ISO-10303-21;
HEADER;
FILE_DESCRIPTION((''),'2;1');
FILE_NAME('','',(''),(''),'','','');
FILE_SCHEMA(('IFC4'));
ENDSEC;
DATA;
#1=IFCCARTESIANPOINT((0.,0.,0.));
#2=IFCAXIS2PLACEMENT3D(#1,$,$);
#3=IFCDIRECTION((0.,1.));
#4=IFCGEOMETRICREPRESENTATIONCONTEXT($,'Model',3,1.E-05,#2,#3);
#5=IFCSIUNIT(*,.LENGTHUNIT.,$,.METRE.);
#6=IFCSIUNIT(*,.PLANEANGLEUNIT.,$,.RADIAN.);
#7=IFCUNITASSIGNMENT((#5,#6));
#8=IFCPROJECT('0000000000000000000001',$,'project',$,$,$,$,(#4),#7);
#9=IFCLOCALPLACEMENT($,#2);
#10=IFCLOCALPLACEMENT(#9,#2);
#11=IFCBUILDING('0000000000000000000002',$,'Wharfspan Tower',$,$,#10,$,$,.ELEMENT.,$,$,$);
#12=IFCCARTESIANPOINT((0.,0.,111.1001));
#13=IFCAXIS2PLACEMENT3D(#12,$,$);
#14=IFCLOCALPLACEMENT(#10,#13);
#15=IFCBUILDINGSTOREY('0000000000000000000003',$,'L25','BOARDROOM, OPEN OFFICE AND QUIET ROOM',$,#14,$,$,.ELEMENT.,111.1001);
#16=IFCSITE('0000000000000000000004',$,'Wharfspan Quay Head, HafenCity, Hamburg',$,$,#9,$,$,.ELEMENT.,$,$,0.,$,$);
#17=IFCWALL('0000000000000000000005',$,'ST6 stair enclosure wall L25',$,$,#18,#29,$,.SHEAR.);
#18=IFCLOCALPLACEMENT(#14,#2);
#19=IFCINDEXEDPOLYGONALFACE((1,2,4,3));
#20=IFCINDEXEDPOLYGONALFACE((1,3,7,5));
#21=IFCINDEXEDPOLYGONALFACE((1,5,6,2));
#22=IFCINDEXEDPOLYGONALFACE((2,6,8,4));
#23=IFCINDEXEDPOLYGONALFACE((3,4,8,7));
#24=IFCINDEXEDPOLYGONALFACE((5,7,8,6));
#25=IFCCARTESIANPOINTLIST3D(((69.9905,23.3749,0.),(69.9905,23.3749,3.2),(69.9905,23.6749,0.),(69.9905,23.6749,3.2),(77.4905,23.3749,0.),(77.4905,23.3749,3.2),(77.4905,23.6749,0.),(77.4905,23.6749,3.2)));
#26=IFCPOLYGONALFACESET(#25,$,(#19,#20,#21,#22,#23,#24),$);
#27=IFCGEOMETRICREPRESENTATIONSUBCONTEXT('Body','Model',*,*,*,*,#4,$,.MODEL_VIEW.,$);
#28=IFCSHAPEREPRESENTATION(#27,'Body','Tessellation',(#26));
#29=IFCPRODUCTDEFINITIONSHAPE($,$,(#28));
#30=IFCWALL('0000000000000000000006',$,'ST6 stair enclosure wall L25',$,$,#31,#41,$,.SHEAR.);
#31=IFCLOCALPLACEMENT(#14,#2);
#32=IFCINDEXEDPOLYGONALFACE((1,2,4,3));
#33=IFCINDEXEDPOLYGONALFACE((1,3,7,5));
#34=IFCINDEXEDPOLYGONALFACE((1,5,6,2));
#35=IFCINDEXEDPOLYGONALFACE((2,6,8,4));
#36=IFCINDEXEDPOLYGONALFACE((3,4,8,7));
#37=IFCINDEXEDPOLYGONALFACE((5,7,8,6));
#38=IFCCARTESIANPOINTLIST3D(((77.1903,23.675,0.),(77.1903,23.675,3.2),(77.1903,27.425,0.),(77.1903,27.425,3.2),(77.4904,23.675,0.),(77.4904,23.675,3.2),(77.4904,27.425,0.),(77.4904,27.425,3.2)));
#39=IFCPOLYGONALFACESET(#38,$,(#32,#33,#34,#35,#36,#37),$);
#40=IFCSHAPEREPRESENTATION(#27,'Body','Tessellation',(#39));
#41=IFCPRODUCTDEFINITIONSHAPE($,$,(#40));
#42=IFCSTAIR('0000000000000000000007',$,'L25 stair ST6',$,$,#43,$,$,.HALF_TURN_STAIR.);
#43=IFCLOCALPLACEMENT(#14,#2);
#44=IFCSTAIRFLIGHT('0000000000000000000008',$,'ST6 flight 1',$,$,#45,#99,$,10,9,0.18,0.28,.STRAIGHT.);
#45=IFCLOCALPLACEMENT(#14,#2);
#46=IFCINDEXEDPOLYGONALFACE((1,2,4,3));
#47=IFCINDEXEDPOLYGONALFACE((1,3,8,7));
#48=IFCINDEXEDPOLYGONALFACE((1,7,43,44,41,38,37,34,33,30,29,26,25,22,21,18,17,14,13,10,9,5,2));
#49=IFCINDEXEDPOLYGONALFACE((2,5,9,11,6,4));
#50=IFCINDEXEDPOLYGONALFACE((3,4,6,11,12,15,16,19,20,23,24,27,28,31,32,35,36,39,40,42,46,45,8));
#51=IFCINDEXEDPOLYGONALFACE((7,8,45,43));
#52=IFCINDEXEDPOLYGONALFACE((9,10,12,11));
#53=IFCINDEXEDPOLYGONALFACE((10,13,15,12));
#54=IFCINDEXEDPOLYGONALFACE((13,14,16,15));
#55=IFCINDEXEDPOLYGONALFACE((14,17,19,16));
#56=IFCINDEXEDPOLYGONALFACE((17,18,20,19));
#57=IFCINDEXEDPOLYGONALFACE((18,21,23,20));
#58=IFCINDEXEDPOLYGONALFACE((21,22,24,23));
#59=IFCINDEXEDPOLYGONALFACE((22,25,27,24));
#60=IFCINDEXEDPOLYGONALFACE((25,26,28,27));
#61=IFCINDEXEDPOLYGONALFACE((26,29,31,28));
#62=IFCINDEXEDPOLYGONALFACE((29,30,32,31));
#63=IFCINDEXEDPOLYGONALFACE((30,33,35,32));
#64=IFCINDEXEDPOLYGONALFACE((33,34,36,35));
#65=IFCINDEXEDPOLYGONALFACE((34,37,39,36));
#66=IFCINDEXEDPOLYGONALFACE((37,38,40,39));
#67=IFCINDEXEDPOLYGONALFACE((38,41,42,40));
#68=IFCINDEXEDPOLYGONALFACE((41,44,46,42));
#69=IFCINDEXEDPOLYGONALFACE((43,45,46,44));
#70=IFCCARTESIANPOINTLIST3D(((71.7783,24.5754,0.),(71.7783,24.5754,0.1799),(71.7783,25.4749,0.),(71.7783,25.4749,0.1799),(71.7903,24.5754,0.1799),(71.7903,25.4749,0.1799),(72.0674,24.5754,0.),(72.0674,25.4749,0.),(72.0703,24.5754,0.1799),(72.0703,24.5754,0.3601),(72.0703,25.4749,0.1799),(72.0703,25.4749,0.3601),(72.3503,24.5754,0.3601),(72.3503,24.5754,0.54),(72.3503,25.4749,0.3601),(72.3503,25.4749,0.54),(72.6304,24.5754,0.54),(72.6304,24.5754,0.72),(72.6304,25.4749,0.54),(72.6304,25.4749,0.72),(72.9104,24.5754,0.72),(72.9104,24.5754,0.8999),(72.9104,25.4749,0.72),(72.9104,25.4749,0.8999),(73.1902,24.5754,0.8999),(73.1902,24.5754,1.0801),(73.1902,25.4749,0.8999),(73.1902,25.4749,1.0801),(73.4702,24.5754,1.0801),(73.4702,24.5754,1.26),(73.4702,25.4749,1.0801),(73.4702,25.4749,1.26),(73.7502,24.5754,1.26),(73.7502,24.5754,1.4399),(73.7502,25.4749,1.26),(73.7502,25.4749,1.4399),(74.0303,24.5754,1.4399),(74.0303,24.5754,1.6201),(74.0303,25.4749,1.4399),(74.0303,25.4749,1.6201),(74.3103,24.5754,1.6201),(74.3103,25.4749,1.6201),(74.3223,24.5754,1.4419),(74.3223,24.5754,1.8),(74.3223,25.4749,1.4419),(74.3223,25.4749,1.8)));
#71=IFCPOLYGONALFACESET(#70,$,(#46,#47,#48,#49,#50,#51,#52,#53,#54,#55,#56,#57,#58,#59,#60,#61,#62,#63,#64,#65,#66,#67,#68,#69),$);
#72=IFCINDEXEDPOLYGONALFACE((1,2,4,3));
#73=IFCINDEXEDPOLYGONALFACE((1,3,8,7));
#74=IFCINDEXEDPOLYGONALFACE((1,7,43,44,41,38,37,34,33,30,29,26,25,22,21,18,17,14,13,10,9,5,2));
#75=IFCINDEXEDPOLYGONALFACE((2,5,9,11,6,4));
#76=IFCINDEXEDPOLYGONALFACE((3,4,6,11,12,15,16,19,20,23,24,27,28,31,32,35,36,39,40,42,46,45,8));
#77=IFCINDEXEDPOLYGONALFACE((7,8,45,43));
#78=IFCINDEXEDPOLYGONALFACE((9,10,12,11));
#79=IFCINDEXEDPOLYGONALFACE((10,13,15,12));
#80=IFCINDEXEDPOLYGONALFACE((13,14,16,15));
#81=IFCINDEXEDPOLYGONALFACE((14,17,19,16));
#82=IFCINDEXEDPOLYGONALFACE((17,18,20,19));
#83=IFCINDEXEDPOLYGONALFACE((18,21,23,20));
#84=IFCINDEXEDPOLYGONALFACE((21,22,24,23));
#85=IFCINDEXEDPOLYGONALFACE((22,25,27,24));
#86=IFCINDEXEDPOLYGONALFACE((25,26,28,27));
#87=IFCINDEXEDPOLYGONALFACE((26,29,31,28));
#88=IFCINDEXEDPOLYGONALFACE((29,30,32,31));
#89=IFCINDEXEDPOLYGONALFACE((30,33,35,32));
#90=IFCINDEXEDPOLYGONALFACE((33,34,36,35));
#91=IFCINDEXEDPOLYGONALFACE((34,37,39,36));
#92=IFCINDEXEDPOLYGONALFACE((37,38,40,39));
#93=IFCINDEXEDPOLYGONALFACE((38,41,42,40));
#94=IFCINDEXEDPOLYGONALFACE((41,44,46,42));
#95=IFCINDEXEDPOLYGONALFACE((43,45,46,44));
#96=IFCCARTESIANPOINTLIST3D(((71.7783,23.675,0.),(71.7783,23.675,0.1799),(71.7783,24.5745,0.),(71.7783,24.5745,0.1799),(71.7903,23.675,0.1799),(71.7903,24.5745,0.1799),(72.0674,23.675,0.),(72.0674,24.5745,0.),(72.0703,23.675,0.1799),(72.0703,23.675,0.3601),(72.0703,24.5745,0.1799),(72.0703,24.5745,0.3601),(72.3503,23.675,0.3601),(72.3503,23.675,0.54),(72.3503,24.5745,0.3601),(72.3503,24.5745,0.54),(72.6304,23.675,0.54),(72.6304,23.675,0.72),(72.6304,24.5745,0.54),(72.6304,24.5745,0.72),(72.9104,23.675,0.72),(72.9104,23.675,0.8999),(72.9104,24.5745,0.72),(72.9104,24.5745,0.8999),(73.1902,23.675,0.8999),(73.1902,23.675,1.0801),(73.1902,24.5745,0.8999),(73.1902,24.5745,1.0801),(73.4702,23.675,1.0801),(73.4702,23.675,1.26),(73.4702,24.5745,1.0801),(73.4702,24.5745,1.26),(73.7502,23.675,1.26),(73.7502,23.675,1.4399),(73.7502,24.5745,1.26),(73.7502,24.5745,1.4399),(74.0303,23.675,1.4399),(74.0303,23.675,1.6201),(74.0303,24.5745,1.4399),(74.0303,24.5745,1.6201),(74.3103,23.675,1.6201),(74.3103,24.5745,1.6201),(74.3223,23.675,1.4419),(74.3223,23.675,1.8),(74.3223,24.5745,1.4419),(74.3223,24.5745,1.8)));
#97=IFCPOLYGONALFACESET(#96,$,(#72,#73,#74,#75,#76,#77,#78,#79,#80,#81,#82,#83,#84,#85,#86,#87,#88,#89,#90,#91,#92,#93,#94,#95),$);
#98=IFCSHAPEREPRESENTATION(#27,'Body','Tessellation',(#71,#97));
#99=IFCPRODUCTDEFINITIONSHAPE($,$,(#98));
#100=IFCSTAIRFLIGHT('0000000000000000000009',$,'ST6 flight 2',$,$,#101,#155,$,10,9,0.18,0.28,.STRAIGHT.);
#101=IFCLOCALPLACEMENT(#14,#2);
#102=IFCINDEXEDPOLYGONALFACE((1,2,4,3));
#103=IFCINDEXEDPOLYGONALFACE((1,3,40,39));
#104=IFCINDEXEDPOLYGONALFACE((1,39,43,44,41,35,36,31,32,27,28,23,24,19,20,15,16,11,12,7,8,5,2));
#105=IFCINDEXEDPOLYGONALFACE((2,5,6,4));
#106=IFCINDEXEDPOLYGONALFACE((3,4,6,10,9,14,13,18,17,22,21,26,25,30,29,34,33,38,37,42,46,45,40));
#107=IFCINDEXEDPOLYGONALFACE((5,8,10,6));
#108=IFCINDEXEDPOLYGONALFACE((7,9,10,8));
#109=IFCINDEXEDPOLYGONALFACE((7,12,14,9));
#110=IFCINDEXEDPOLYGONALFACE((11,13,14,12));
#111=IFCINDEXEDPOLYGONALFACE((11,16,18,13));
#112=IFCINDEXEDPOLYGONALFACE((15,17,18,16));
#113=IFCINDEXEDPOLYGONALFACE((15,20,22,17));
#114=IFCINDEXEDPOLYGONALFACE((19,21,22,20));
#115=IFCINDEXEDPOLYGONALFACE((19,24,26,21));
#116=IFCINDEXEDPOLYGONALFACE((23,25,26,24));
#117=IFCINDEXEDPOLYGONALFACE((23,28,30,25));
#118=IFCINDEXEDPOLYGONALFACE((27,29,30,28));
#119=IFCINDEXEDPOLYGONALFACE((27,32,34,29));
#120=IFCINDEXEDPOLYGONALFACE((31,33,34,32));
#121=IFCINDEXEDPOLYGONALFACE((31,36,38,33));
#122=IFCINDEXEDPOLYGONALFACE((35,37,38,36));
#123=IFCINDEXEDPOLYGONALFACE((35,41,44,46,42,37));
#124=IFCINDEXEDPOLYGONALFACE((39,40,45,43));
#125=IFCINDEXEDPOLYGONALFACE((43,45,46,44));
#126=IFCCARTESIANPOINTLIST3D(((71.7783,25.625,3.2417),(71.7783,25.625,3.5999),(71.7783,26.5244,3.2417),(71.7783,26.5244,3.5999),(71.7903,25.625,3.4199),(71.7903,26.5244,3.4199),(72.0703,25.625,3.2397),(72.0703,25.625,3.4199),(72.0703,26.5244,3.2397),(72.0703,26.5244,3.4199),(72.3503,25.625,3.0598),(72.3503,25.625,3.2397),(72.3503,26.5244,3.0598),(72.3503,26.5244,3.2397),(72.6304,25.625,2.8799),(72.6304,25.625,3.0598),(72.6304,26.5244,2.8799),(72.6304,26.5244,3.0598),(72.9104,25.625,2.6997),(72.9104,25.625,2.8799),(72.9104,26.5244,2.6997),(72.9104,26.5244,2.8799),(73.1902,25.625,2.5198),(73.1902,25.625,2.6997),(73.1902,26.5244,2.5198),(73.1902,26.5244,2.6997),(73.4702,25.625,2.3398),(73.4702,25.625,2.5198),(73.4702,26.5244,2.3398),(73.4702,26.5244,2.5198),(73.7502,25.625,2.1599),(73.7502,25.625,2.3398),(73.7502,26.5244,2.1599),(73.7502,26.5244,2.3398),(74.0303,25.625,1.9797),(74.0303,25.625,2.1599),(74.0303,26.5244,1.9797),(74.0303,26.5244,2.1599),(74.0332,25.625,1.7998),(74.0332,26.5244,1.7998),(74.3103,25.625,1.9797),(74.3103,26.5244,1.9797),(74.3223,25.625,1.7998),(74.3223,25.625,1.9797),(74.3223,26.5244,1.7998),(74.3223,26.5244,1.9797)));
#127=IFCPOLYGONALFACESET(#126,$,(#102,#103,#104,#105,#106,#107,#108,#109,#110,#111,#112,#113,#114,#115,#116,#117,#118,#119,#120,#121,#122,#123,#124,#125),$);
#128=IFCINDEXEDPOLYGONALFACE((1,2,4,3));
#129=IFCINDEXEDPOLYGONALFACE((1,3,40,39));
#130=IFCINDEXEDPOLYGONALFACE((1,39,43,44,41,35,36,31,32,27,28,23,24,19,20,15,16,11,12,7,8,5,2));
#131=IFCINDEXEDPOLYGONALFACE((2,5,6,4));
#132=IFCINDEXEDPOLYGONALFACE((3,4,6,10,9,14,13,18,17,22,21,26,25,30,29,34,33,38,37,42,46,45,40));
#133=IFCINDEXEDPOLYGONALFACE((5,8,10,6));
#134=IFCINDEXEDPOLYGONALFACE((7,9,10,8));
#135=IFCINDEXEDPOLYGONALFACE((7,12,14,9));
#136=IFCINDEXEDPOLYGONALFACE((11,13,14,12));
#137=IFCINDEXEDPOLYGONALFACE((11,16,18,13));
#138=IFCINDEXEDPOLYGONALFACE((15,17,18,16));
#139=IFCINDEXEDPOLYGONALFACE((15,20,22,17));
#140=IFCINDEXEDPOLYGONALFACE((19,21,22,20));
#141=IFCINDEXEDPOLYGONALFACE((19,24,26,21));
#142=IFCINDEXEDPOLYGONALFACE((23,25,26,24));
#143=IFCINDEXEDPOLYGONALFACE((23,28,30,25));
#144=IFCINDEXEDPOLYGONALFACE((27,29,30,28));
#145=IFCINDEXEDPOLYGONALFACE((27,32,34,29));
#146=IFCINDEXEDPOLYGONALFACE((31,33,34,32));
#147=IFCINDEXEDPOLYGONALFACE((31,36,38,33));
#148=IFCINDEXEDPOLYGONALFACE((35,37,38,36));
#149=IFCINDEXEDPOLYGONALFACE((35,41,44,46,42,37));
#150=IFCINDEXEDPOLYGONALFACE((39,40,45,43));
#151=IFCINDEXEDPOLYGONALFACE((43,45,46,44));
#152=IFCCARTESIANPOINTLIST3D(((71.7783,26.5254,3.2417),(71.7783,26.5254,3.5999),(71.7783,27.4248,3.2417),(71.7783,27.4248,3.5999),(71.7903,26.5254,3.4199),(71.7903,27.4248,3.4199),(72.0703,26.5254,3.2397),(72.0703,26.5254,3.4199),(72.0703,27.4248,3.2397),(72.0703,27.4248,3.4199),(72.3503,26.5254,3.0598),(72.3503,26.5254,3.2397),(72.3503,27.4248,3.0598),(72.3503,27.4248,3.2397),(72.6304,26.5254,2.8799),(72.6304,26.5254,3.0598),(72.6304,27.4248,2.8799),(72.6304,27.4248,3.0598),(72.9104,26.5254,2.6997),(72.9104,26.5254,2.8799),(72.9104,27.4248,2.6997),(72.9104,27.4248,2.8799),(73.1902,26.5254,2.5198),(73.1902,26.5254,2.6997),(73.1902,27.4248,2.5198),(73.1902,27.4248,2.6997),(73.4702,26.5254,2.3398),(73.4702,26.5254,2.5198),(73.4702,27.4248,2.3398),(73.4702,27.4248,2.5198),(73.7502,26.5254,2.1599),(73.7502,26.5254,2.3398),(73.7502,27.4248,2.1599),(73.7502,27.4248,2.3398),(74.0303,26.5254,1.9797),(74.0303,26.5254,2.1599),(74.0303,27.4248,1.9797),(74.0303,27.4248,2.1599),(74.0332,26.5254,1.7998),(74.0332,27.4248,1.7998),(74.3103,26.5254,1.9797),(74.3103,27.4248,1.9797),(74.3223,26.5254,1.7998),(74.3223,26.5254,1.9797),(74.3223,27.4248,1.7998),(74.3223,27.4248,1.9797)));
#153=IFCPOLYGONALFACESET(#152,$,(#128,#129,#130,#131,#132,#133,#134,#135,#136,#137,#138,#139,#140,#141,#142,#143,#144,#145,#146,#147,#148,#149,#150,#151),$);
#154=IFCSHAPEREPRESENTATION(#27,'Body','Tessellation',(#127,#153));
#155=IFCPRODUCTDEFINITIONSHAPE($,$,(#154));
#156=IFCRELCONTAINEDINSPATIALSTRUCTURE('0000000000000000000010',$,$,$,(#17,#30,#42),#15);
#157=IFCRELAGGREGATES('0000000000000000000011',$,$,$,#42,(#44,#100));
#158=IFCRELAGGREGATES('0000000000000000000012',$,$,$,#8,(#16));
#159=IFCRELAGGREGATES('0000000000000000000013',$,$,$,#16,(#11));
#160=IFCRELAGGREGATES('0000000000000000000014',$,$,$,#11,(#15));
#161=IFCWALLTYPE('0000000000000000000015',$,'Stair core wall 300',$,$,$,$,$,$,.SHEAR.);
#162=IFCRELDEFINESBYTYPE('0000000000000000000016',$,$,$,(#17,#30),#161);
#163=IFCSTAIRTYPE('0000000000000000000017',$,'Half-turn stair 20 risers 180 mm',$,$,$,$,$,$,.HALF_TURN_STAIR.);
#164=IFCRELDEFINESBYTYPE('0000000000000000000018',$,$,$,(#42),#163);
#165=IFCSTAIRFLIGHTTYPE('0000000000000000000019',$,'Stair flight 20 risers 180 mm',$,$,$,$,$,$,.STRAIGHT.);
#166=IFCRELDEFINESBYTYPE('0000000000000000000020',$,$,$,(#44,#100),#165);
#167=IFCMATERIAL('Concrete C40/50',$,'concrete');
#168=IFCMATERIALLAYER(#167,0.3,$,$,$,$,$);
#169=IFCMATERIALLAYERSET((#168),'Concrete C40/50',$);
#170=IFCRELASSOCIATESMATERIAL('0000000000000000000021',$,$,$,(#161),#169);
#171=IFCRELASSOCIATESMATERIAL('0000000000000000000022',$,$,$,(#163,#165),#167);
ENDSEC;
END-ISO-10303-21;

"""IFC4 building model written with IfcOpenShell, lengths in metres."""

from ifc_helpers import new_model, si_unit, direction, frame, frame_2d, origin, place, context, subcontext, project, spatial, polyline, rectangle, outline, extrude, material, layer, layer_set, type_object, element, aggregate, save


model = new_model("IFC4")

# Units and contexts
model_context = context("Model", 3, precision=1e-05, world=origin(), true_north=direction((0.0, 1.0)))
body_context = subcontext(model_context, "Body", "Model", "MODEL_VIEW")
ifc_project = project(units=[si_unit("LENGTHUNIT", "METRE"), si_unit("PLANEANGLEUNIT", "RADIAN")], contexts=[model_context])

# Site, building, storey
site_placement = place(None, origin())
site = spatial("IfcSite", under=ifc_project, at=site_placement, Name="Wharfspan Quay Head, HafenCity, Hamburg", CompositionType="ELEMENT", RefElevation=0.0)
building_placement = place(site_placement, origin())
building = spatial("IfcBuilding", under=site, at=building_placement, Name="Wharfspan Tower", CompositionType="ELEMENT")
storey_placement = place(building_placement, frame((0.0, 0.0, 111.1001)))
storey = spatial("IfcBuildingStorey", under=building, at=storey_placement, Name="L25", Description="BOARDROOM, OPEN OFFICE AND QUIET ROOM", CompositionType="ELEMENT", Elevation=111.1001)

# Shared definitions
ifc_material_1 = material(Name="Concrete C40/50", Category="concrete")
ifc_layer_1 = layer(ifc_material_1, 0.3)
ifc_layer_set_1 = layer_set([ifc_layer_1], Name="Concrete C40/50")
wall_type_1 = type_object("IfcWallType", Name="Stair core wall 300", PredefinedType="SHEAR", material=ifc_layer_set_1)

# Walls
wall_1_placement = place(storey_placement, frame((69.9905, 23.5249, 0.0), z_axis=(0.0, 0.0, 1.0), x_axis=(1.0, 0.0, 0.0)))
element("IfcWall", 1, at=wall_1_placement, inside=storey, type_object=wall_type_1, Name="ST6 stair enclosure wall L25", PredefinedType="SHEAR", context=body_context, shape_type="SweptSolid", body=[
    extrude(rectangle(XDim=7.5, YDim=0.3, at=frame_2d((3.75, 0.0))), origin(), (0.0, 0.0, 1.0), 3.2),
])
wall_2_placement = place(storey_placement, frame((77.3403, 23.675, 0.0), z_axis=(0.0, 0.0, 1.0), x_axis=(0.0, 1.0, 0.0)))
element("IfcWall", 2, at=wall_2_placement, inside=storey, type_object=wall_type_1, Name="ST6 stair enclosure wall L25", PredefinedType="SHEAR", context=body_context, shape_type="SweptSolid", body=[
    extrude(rectangle(XDim=3.75, YDim=0.3, at=frame_2d((1.875, 0.0))), origin(), (0.0, 0.0, 1.0), 3.2),
])

# Stair, stair flights
stair_type = type_object("IfcStairType", Name="Half-turn stair 20 risers 180 mm", PredefinedType="HALF_TURN_STAIR", material=ifc_material_1)
stair_placement = place(storey_placement, origin())
stair = element("IfcStair", 3, at=stair_placement, inside=storey, type_object=stair_type, Name="L25 stair ST6", PredefinedType="HALF_TURN_STAIR")
stair_flight_type = type_object("IfcStairFlightType", Name="Stair flight 20 risers 180 mm", PredefinedType="STRAIGHT", material=ifc_material_1)
stair_flight_1_placement = place(storey_placement, frame((71.7903, 24.575, 0.0), z_axis=(0.0, 0.0, 1.0), x_axis=(1.0, 0.0, 0.0)))
stair_flight_1 = element("IfcStairFlight", 4, at=stair_flight_1_placement, type_object=stair_flight_type, Name="ST6 flight 1", NumberOfRisers=10, NumberOfTreads=9, PredefinedType="STRAIGHT", RiserHeight=0.18, TreadLength=0.28, context=body_context, shape_type="SweptSolid", body=[
    extrude(outline(polyline([(-0.012, 0.0), (-0.012, 0.1799), (0.0, 0.1799), (0.28, 0.1799), (0.28, 0.3601), (0.5601, 0.3601), (0.5601, 0.54), (0.8401, 0.54), (0.8401, 0.72), (1.1201, 0.72), (1.1201, 0.8999), (1.3999, 0.8999), (1.3999, 1.0801), (1.6799, 1.0801), (1.6799, 1.26), (1.96, 1.26), (1.96, 1.4399), (2.24, 1.4399), (2.24, 1.6201), (2.52, 1.6201), (2.532, 1.8), (2.532, 1.4419), (0.2771, 0.0), (-0.012, 0.0)])), frame((0.0, 0.8999, 0.0), z_axis=(0.0, -1.0, 0.0), x_axis=(1.0, 0.0, 0.0)), (0.0, 0.0, 1.0), 0.8994),
    extrude(outline(polyline([(-0.012, 0.0), (-0.012, 0.1799), (0.0, 0.1799), (0.28, 0.1799), (0.28, 0.3601), (0.5601, 0.3601), (0.5601, 0.54), (0.8401, 0.54), (0.8401, 0.72), (1.1201, 0.72), (1.1201, 0.8999), (1.3999, 0.8999), (1.3999, 1.0801), (1.6799, 1.0801), (1.6799, 1.26), (1.96, 1.26), (1.96, 1.4399), (2.24, 1.4399), (2.24, 1.6201), (2.52, 1.6201), (2.532, 1.8), (2.532, 1.4419), (0.2771, 0.0), (-0.012, 0.0)])), frame((0.0, -0.0005, 0.0), z_axis=(0.0, -1.0, 0.0), x_axis=(1.0, 0.0, 0.0)), (0.0, 0.0, 1.0), 0.8994),
])
stair_flight_2_placement = place(storey_placement, frame((74.3103, 26.5249, 1.7998), z_axis=(0.0, 0.0, 1.0), x_axis=(-1.0, 0.0, 0.0)))
stair_flight_2 = element("IfcStairFlight", 5, at=stair_flight_2_placement, type_object=stair_flight_type, Name="ST6 flight 2", NumberOfRisers=10, NumberOfTreads=9, PredefinedType="STRAIGHT", RiserHeight=0.18, TreadLength=0.28, context=body_context, shape_type="SweptSolid", body=[
    extrude(outline(polyline([(-0.012, 0.0), (-0.012, 0.1799), (0.0, 0.1799), (0.28, 0.1799), (0.28, 0.3601), (0.5601, 0.3601), (0.5601, 0.54), (0.8401, 0.54), (0.8401, 0.72), (1.1201, 0.72), (1.1201, 0.8999), (1.3999, 0.8999), (1.3999, 1.0801), (1.6799, 1.0801), (1.6799, 1.26), (1.96, 1.26), (1.96, 1.4399), (2.24, 1.4399), (2.24, 1.6201), (2.52, 1.6201), (2.532, 1.8), (2.532, 1.4419), (0.2771, 0.0), (-0.012, 0.0)])), frame((0.0, 0.8999, 0.0), z_axis=(0.0, -1.0, 0.0), x_axis=(1.0, 0.0, 0.0)), (0.0, 0.0, 1.0), 0.8994),
    extrude(outline(polyline([(-0.012, 0.0), (-0.012, 0.1799), (0.0, 0.1799), (0.28, 0.1799), (0.28, 0.3601), (0.5601, 0.3601), (0.5601, 0.54), (0.8401, 0.54), (0.8401, 0.72), (1.1201, 0.72), (1.1201, 0.8999), (1.3999, 0.8999), (1.3999, 1.0801), (1.6799, 1.0801), (1.6799, 1.26), (1.96, 1.26), (1.96, 1.4399), (2.24, 1.4399), (2.24, 1.6201), (2.52, 1.6201), (2.532, 1.8), (2.532, 1.4419), (0.2771, 0.0), (-0.012, 0.0)])), frame((0.0, -0.0005, 0.0), z_axis=(0.0, -1.0, 0.0), x_axis=(1.0, 0.0, 0.0)), (0.0, 0.0, 1.0), 0.8994),
])
aggregate(stair, [stair_flight_1, stair_flight_2])

save(model, "model.ifc")
